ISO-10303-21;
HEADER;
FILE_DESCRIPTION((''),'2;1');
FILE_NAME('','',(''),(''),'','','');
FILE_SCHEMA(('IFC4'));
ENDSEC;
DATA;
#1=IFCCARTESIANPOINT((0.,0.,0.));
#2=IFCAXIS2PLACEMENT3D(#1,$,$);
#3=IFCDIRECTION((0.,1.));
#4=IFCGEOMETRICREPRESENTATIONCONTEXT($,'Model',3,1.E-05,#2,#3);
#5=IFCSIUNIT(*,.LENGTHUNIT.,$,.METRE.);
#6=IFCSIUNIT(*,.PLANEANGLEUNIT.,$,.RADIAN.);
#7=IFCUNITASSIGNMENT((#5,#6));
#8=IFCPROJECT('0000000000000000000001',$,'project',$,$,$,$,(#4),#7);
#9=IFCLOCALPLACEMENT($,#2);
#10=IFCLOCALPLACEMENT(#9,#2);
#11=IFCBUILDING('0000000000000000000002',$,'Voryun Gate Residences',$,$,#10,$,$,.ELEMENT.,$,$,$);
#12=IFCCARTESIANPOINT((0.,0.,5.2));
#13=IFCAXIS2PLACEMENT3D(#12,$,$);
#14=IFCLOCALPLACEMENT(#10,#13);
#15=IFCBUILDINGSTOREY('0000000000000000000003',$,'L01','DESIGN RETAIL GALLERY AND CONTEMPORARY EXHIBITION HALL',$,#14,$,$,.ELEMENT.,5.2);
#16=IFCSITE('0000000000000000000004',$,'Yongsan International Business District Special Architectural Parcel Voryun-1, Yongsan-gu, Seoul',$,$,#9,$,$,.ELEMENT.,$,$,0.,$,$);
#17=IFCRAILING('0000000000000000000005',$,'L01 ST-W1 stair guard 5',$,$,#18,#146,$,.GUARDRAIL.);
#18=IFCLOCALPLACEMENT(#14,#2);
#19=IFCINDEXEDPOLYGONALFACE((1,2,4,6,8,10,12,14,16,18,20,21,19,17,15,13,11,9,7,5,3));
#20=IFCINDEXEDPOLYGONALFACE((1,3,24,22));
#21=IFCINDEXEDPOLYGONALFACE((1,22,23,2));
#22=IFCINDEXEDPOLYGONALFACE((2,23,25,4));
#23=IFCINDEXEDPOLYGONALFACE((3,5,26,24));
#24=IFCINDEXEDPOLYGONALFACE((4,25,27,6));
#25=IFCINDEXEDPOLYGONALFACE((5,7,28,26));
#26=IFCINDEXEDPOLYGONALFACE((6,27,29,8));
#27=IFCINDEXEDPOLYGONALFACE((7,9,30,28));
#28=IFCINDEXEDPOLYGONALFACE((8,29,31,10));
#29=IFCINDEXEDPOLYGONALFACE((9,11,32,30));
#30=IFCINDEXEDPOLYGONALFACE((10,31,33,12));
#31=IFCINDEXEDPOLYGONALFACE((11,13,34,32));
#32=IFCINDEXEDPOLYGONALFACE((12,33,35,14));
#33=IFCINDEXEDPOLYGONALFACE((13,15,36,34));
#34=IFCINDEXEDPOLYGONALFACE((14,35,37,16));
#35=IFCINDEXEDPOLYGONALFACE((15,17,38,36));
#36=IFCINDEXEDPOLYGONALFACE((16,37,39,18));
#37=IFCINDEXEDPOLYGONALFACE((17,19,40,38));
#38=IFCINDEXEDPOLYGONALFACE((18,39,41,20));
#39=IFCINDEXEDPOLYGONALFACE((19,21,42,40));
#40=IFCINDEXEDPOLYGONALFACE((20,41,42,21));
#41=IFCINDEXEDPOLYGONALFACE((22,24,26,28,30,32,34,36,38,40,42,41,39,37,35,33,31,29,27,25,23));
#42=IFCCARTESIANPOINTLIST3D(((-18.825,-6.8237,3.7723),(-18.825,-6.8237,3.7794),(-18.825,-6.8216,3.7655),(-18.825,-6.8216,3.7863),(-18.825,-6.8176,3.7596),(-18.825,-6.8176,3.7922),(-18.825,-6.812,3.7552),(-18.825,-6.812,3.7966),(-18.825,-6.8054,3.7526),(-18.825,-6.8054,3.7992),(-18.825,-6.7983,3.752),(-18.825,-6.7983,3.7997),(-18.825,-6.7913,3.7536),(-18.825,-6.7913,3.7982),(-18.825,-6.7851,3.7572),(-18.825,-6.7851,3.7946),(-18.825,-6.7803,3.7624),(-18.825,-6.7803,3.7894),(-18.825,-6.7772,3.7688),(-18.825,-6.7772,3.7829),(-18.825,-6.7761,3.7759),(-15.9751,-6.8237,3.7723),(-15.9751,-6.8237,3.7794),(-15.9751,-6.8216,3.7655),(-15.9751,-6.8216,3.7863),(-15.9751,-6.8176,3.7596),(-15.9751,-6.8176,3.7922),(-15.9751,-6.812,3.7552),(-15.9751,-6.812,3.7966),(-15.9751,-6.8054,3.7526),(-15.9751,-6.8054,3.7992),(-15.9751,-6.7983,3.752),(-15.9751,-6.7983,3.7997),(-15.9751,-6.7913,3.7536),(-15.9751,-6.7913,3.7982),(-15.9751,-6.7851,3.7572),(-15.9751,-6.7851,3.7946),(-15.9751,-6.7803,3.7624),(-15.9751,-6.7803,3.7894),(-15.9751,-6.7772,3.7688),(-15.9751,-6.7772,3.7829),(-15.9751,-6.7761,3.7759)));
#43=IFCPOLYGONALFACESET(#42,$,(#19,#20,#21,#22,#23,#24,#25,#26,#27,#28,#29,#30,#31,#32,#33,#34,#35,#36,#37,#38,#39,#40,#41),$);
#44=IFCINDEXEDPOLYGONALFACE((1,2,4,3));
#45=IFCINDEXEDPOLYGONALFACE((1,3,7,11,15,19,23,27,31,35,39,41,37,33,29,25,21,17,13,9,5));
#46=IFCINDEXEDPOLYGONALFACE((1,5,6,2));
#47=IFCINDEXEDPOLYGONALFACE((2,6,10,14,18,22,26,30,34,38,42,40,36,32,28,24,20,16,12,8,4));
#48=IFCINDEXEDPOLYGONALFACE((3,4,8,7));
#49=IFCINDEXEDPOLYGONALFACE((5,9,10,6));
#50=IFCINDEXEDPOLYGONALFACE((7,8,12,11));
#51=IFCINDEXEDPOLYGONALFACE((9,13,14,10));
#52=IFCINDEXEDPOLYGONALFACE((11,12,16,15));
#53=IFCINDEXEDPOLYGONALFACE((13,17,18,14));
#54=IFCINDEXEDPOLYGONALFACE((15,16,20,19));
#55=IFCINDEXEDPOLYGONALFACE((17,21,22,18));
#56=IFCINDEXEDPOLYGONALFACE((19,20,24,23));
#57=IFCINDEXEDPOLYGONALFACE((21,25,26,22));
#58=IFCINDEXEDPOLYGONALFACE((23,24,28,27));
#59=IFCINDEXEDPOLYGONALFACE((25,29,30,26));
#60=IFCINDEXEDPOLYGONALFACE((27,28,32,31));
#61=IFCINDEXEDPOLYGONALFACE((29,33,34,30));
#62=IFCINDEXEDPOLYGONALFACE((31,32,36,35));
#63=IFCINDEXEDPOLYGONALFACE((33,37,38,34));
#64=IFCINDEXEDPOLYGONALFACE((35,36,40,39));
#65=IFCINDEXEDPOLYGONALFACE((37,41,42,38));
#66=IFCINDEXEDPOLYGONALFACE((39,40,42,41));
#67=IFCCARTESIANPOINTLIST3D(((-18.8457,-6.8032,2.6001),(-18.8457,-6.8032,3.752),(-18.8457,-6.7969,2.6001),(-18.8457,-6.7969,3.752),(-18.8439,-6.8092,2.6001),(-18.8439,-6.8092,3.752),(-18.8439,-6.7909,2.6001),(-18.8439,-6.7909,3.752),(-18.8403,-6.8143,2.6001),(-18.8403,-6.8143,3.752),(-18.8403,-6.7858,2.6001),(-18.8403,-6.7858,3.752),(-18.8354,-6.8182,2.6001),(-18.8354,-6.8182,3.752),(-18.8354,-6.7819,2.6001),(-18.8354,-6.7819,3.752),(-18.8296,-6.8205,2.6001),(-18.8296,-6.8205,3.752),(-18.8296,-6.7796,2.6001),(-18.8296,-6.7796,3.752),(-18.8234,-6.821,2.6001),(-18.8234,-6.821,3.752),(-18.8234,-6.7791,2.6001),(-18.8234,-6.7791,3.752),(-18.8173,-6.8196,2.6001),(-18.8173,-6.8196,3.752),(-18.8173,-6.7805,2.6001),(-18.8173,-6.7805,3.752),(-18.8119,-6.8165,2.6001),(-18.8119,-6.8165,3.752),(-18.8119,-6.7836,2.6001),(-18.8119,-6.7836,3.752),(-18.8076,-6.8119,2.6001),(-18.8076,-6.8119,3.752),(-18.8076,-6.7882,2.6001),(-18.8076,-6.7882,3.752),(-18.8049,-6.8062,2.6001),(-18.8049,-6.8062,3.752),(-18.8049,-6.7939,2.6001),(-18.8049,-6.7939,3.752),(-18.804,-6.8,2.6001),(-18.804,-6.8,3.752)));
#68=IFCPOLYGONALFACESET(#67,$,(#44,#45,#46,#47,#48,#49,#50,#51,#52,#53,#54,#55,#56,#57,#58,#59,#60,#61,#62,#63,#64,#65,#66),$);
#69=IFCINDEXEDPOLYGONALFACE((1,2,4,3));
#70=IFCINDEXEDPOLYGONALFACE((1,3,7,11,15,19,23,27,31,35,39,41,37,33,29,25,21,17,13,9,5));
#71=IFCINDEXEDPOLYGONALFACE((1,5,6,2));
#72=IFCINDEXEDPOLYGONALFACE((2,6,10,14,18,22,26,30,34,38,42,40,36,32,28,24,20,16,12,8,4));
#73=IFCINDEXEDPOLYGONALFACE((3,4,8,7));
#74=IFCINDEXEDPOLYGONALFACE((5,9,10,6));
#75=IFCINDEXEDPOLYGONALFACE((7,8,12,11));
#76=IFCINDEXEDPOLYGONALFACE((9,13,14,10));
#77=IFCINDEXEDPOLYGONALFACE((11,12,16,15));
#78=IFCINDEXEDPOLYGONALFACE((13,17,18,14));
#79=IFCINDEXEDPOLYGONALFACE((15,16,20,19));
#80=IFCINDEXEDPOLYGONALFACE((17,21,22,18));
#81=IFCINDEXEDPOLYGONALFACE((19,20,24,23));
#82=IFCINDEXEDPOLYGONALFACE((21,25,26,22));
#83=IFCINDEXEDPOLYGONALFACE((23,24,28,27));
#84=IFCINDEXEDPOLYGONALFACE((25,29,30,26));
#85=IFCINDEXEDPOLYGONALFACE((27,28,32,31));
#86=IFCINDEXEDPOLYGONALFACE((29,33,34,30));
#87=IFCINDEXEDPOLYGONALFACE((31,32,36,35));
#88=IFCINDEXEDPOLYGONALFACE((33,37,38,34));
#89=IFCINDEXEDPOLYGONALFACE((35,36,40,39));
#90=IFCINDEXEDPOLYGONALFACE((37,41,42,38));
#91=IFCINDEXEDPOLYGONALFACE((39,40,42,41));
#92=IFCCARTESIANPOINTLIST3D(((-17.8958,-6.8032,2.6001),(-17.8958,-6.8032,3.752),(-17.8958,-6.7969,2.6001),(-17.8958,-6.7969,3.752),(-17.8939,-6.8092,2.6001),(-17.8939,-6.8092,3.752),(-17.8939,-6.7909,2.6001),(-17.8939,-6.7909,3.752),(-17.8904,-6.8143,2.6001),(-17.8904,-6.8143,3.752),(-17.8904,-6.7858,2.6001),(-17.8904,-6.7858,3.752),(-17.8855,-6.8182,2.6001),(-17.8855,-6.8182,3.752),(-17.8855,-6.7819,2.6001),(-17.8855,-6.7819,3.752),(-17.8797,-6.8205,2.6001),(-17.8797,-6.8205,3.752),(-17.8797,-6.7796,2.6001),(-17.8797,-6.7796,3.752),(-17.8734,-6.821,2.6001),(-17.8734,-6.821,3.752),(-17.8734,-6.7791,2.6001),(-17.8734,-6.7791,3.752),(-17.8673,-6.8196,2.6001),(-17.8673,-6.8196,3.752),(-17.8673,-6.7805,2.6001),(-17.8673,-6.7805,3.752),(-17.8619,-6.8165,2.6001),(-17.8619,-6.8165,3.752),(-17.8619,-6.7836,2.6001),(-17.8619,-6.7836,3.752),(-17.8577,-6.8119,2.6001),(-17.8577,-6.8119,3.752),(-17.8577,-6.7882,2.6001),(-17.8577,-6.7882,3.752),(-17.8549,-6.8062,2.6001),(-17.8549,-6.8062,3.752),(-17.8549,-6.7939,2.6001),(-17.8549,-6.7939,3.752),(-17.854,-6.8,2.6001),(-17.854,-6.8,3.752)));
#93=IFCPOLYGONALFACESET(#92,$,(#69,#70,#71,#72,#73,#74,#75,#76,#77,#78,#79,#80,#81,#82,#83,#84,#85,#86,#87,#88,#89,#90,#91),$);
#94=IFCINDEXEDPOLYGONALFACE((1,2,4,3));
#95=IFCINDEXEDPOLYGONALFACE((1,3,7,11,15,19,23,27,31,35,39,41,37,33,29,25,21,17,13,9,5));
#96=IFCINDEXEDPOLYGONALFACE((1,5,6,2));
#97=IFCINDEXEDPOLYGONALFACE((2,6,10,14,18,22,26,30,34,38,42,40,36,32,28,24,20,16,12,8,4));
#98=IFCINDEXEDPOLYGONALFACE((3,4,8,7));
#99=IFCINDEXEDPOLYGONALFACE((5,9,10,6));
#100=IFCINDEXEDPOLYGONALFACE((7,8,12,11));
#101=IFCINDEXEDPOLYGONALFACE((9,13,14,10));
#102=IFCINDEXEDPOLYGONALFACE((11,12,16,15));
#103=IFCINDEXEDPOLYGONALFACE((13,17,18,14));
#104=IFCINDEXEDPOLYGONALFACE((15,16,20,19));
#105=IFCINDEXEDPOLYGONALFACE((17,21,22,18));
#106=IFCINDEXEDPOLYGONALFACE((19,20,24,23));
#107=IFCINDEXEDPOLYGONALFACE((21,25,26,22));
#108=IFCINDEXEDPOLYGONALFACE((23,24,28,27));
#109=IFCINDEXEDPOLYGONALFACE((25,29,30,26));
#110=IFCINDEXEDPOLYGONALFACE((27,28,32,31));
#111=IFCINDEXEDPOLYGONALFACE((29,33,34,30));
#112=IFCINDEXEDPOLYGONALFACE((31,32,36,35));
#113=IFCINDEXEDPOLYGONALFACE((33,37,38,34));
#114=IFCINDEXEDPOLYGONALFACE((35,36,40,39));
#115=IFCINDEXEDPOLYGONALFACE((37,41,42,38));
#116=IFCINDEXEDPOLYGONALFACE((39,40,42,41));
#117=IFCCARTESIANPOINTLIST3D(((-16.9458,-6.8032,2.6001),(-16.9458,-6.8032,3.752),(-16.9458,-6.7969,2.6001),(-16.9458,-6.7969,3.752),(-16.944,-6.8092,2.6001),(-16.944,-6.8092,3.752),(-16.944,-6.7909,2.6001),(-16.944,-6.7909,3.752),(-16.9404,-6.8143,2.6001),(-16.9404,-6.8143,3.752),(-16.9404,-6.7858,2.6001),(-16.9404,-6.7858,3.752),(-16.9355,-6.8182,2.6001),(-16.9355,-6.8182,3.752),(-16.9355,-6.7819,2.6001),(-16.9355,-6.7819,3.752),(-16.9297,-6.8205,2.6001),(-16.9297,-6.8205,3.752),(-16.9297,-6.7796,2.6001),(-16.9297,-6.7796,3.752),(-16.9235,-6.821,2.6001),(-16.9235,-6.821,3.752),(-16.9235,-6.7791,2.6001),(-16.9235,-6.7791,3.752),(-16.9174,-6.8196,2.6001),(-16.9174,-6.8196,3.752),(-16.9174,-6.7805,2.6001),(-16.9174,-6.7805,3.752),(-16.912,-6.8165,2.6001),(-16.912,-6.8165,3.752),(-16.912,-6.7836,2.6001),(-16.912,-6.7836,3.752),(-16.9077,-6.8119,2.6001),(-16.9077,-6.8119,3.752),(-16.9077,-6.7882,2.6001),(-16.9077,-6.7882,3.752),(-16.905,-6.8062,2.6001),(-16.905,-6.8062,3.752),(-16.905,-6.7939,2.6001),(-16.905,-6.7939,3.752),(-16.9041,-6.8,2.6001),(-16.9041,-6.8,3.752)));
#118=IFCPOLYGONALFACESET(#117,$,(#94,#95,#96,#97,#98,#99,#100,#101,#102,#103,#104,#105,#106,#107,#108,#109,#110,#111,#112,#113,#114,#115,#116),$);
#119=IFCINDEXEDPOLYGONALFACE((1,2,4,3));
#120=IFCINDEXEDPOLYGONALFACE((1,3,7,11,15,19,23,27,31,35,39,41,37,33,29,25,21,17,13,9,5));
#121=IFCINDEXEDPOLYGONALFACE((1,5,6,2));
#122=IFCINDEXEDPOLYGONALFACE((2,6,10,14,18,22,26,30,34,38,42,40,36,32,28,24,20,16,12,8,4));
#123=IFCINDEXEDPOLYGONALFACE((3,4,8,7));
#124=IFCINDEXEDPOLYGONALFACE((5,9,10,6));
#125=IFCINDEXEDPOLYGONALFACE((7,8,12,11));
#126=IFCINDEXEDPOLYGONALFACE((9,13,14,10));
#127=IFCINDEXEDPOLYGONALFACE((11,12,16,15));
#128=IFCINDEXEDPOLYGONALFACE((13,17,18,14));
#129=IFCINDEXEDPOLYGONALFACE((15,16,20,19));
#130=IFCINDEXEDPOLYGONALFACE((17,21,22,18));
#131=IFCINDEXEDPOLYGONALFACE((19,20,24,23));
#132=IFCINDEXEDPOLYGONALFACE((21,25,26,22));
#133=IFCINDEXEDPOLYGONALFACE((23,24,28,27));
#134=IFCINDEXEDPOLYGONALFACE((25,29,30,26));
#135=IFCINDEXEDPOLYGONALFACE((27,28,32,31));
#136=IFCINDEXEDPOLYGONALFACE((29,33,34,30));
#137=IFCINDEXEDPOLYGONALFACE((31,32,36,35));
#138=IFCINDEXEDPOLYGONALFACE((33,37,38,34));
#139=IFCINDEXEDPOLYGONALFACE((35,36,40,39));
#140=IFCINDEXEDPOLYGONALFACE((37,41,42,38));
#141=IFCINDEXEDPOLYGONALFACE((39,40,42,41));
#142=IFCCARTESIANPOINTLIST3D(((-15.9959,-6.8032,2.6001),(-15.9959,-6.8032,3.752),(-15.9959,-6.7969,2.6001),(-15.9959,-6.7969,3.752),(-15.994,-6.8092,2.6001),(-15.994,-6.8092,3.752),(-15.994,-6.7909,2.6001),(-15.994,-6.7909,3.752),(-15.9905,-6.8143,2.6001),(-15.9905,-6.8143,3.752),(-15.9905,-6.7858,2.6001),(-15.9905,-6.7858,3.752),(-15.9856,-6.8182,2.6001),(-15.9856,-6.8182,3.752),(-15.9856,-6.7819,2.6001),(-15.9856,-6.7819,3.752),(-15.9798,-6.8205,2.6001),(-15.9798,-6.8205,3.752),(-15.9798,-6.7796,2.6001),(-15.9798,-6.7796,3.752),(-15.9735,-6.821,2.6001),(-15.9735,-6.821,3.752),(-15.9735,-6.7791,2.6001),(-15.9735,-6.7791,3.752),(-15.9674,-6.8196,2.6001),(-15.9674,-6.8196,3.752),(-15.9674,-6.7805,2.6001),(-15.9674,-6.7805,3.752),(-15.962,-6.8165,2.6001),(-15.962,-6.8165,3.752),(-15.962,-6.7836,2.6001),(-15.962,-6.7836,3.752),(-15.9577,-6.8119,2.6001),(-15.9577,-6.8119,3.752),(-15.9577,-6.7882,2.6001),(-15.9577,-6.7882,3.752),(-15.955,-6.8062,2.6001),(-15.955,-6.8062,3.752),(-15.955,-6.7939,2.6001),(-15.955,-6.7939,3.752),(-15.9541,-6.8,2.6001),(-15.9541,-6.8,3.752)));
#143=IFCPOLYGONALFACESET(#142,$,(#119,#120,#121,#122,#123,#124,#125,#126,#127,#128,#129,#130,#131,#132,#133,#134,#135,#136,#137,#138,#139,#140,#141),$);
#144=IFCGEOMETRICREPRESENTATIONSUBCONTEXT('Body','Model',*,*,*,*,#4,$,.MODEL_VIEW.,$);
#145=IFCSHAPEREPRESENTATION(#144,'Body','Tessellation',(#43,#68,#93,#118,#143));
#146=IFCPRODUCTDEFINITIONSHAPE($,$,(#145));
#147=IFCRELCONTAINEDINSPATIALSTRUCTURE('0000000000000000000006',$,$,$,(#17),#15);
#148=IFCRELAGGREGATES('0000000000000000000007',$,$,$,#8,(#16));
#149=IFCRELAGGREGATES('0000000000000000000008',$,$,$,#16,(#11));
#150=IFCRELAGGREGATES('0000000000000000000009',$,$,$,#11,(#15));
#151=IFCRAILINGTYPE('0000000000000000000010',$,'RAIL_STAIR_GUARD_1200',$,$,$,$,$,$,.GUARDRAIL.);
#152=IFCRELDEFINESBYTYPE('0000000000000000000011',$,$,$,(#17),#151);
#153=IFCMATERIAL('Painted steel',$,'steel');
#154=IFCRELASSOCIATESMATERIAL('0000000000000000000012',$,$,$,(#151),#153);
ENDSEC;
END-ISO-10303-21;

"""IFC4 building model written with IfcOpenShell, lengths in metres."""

from ifc_helpers import new_model, si_unit, direction, frame, origin, origin_2d, place, context, subcontext, project, spatial, circle, extrude, material, type_object, element, save


model = new_model("IFC4")

# Units and contexts
model_context = context("Model", 3, precision=1e-05, world=origin(), true_north=direction((0.0, 1.0)))
body_context = subcontext(model_context, "Body", "Model", "MODEL_VIEW")
ifc_project = project(units=[si_unit("LENGTHUNIT", "METRE"), si_unit("PLANEANGLEUNIT", "RADIAN")], contexts=[model_context])

# Site, building, storey
site_placement = place(None, origin())
site = spatial("IfcSite", under=ifc_project, at=site_placement, Name="Yongsan International Business District Special Architectural Parcel Voryun-1, Yongsan-gu, Seoul", CompositionType="ELEMENT", RefElevation=0.0)
building_placement = place(site_placement, origin())
building = spatial("IfcBuilding", under=site, at=building_placement, Name="Voryun Gate Residences", CompositionType="ELEMENT")
storey_placement = place(building_placement, frame((0.0, 0.0, 5.2)))
storey = spatial("IfcBuildingStorey", under=building, at=storey_placement, Name="L01", Description="DESIGN RETAIL GALLERY AND CONTEMPORARY EXHIBITION HALL", CompositionType="ELEMENT", Elevation=5.2)

# Railing
ifc_material_1 = material(Name="Painted steel", Category="steel")
railing_type_1 = type_object("IfcRailingType", Name="RAIL_STAIR_GUARD_1200", PredefinedType="GUARDRAIL", material=ifc_material_1)
railing_1_placement = place(storey_placement, frame((-18.825, -6.8, 2.6001)))
element("IfcRailing", 1, at=railing_1_placement, inside=storey, type_object=railing_type_1, Name="L01 ST-W1 stair guard 5", PredefinedType="GUARDRAIL", context=body_context, shape_type="SweptSolid", body=[
    extrude(circle(Radius=0.0239, at=origin_2d()), frame((0.0, 0.0, 1.1758), z_axis=(1.0, 0.0, 0.0), x_axis=(0.0, 1.0, 0.0)), (0.0, 0.0, 1.0), 2.8499),
    extrude(circle(Radius=0.021, at=origin_2d()), origin(), (0.0, 0.0, 1.0), 1.1519),
    extrude(circle(Radius=0.021, at=origin_2d()), frame((0.95, 0.0, 0.0)), (0.0, 0.0, 1.0), 1.1519),
    extrude(circle(Radius=0.021, at=origin_2d()), frame((1.8999, 0.0, 0.0)), (0.0, 0.0, 1.0), 1.1519),
    extrude(circle(Radius=0.021, at=origin_2d()), frame((2.8499, 0.0, 0.0)), (0.0, 0.0, 1.0), 1.1519),
])

save(model, "model.ifc")
